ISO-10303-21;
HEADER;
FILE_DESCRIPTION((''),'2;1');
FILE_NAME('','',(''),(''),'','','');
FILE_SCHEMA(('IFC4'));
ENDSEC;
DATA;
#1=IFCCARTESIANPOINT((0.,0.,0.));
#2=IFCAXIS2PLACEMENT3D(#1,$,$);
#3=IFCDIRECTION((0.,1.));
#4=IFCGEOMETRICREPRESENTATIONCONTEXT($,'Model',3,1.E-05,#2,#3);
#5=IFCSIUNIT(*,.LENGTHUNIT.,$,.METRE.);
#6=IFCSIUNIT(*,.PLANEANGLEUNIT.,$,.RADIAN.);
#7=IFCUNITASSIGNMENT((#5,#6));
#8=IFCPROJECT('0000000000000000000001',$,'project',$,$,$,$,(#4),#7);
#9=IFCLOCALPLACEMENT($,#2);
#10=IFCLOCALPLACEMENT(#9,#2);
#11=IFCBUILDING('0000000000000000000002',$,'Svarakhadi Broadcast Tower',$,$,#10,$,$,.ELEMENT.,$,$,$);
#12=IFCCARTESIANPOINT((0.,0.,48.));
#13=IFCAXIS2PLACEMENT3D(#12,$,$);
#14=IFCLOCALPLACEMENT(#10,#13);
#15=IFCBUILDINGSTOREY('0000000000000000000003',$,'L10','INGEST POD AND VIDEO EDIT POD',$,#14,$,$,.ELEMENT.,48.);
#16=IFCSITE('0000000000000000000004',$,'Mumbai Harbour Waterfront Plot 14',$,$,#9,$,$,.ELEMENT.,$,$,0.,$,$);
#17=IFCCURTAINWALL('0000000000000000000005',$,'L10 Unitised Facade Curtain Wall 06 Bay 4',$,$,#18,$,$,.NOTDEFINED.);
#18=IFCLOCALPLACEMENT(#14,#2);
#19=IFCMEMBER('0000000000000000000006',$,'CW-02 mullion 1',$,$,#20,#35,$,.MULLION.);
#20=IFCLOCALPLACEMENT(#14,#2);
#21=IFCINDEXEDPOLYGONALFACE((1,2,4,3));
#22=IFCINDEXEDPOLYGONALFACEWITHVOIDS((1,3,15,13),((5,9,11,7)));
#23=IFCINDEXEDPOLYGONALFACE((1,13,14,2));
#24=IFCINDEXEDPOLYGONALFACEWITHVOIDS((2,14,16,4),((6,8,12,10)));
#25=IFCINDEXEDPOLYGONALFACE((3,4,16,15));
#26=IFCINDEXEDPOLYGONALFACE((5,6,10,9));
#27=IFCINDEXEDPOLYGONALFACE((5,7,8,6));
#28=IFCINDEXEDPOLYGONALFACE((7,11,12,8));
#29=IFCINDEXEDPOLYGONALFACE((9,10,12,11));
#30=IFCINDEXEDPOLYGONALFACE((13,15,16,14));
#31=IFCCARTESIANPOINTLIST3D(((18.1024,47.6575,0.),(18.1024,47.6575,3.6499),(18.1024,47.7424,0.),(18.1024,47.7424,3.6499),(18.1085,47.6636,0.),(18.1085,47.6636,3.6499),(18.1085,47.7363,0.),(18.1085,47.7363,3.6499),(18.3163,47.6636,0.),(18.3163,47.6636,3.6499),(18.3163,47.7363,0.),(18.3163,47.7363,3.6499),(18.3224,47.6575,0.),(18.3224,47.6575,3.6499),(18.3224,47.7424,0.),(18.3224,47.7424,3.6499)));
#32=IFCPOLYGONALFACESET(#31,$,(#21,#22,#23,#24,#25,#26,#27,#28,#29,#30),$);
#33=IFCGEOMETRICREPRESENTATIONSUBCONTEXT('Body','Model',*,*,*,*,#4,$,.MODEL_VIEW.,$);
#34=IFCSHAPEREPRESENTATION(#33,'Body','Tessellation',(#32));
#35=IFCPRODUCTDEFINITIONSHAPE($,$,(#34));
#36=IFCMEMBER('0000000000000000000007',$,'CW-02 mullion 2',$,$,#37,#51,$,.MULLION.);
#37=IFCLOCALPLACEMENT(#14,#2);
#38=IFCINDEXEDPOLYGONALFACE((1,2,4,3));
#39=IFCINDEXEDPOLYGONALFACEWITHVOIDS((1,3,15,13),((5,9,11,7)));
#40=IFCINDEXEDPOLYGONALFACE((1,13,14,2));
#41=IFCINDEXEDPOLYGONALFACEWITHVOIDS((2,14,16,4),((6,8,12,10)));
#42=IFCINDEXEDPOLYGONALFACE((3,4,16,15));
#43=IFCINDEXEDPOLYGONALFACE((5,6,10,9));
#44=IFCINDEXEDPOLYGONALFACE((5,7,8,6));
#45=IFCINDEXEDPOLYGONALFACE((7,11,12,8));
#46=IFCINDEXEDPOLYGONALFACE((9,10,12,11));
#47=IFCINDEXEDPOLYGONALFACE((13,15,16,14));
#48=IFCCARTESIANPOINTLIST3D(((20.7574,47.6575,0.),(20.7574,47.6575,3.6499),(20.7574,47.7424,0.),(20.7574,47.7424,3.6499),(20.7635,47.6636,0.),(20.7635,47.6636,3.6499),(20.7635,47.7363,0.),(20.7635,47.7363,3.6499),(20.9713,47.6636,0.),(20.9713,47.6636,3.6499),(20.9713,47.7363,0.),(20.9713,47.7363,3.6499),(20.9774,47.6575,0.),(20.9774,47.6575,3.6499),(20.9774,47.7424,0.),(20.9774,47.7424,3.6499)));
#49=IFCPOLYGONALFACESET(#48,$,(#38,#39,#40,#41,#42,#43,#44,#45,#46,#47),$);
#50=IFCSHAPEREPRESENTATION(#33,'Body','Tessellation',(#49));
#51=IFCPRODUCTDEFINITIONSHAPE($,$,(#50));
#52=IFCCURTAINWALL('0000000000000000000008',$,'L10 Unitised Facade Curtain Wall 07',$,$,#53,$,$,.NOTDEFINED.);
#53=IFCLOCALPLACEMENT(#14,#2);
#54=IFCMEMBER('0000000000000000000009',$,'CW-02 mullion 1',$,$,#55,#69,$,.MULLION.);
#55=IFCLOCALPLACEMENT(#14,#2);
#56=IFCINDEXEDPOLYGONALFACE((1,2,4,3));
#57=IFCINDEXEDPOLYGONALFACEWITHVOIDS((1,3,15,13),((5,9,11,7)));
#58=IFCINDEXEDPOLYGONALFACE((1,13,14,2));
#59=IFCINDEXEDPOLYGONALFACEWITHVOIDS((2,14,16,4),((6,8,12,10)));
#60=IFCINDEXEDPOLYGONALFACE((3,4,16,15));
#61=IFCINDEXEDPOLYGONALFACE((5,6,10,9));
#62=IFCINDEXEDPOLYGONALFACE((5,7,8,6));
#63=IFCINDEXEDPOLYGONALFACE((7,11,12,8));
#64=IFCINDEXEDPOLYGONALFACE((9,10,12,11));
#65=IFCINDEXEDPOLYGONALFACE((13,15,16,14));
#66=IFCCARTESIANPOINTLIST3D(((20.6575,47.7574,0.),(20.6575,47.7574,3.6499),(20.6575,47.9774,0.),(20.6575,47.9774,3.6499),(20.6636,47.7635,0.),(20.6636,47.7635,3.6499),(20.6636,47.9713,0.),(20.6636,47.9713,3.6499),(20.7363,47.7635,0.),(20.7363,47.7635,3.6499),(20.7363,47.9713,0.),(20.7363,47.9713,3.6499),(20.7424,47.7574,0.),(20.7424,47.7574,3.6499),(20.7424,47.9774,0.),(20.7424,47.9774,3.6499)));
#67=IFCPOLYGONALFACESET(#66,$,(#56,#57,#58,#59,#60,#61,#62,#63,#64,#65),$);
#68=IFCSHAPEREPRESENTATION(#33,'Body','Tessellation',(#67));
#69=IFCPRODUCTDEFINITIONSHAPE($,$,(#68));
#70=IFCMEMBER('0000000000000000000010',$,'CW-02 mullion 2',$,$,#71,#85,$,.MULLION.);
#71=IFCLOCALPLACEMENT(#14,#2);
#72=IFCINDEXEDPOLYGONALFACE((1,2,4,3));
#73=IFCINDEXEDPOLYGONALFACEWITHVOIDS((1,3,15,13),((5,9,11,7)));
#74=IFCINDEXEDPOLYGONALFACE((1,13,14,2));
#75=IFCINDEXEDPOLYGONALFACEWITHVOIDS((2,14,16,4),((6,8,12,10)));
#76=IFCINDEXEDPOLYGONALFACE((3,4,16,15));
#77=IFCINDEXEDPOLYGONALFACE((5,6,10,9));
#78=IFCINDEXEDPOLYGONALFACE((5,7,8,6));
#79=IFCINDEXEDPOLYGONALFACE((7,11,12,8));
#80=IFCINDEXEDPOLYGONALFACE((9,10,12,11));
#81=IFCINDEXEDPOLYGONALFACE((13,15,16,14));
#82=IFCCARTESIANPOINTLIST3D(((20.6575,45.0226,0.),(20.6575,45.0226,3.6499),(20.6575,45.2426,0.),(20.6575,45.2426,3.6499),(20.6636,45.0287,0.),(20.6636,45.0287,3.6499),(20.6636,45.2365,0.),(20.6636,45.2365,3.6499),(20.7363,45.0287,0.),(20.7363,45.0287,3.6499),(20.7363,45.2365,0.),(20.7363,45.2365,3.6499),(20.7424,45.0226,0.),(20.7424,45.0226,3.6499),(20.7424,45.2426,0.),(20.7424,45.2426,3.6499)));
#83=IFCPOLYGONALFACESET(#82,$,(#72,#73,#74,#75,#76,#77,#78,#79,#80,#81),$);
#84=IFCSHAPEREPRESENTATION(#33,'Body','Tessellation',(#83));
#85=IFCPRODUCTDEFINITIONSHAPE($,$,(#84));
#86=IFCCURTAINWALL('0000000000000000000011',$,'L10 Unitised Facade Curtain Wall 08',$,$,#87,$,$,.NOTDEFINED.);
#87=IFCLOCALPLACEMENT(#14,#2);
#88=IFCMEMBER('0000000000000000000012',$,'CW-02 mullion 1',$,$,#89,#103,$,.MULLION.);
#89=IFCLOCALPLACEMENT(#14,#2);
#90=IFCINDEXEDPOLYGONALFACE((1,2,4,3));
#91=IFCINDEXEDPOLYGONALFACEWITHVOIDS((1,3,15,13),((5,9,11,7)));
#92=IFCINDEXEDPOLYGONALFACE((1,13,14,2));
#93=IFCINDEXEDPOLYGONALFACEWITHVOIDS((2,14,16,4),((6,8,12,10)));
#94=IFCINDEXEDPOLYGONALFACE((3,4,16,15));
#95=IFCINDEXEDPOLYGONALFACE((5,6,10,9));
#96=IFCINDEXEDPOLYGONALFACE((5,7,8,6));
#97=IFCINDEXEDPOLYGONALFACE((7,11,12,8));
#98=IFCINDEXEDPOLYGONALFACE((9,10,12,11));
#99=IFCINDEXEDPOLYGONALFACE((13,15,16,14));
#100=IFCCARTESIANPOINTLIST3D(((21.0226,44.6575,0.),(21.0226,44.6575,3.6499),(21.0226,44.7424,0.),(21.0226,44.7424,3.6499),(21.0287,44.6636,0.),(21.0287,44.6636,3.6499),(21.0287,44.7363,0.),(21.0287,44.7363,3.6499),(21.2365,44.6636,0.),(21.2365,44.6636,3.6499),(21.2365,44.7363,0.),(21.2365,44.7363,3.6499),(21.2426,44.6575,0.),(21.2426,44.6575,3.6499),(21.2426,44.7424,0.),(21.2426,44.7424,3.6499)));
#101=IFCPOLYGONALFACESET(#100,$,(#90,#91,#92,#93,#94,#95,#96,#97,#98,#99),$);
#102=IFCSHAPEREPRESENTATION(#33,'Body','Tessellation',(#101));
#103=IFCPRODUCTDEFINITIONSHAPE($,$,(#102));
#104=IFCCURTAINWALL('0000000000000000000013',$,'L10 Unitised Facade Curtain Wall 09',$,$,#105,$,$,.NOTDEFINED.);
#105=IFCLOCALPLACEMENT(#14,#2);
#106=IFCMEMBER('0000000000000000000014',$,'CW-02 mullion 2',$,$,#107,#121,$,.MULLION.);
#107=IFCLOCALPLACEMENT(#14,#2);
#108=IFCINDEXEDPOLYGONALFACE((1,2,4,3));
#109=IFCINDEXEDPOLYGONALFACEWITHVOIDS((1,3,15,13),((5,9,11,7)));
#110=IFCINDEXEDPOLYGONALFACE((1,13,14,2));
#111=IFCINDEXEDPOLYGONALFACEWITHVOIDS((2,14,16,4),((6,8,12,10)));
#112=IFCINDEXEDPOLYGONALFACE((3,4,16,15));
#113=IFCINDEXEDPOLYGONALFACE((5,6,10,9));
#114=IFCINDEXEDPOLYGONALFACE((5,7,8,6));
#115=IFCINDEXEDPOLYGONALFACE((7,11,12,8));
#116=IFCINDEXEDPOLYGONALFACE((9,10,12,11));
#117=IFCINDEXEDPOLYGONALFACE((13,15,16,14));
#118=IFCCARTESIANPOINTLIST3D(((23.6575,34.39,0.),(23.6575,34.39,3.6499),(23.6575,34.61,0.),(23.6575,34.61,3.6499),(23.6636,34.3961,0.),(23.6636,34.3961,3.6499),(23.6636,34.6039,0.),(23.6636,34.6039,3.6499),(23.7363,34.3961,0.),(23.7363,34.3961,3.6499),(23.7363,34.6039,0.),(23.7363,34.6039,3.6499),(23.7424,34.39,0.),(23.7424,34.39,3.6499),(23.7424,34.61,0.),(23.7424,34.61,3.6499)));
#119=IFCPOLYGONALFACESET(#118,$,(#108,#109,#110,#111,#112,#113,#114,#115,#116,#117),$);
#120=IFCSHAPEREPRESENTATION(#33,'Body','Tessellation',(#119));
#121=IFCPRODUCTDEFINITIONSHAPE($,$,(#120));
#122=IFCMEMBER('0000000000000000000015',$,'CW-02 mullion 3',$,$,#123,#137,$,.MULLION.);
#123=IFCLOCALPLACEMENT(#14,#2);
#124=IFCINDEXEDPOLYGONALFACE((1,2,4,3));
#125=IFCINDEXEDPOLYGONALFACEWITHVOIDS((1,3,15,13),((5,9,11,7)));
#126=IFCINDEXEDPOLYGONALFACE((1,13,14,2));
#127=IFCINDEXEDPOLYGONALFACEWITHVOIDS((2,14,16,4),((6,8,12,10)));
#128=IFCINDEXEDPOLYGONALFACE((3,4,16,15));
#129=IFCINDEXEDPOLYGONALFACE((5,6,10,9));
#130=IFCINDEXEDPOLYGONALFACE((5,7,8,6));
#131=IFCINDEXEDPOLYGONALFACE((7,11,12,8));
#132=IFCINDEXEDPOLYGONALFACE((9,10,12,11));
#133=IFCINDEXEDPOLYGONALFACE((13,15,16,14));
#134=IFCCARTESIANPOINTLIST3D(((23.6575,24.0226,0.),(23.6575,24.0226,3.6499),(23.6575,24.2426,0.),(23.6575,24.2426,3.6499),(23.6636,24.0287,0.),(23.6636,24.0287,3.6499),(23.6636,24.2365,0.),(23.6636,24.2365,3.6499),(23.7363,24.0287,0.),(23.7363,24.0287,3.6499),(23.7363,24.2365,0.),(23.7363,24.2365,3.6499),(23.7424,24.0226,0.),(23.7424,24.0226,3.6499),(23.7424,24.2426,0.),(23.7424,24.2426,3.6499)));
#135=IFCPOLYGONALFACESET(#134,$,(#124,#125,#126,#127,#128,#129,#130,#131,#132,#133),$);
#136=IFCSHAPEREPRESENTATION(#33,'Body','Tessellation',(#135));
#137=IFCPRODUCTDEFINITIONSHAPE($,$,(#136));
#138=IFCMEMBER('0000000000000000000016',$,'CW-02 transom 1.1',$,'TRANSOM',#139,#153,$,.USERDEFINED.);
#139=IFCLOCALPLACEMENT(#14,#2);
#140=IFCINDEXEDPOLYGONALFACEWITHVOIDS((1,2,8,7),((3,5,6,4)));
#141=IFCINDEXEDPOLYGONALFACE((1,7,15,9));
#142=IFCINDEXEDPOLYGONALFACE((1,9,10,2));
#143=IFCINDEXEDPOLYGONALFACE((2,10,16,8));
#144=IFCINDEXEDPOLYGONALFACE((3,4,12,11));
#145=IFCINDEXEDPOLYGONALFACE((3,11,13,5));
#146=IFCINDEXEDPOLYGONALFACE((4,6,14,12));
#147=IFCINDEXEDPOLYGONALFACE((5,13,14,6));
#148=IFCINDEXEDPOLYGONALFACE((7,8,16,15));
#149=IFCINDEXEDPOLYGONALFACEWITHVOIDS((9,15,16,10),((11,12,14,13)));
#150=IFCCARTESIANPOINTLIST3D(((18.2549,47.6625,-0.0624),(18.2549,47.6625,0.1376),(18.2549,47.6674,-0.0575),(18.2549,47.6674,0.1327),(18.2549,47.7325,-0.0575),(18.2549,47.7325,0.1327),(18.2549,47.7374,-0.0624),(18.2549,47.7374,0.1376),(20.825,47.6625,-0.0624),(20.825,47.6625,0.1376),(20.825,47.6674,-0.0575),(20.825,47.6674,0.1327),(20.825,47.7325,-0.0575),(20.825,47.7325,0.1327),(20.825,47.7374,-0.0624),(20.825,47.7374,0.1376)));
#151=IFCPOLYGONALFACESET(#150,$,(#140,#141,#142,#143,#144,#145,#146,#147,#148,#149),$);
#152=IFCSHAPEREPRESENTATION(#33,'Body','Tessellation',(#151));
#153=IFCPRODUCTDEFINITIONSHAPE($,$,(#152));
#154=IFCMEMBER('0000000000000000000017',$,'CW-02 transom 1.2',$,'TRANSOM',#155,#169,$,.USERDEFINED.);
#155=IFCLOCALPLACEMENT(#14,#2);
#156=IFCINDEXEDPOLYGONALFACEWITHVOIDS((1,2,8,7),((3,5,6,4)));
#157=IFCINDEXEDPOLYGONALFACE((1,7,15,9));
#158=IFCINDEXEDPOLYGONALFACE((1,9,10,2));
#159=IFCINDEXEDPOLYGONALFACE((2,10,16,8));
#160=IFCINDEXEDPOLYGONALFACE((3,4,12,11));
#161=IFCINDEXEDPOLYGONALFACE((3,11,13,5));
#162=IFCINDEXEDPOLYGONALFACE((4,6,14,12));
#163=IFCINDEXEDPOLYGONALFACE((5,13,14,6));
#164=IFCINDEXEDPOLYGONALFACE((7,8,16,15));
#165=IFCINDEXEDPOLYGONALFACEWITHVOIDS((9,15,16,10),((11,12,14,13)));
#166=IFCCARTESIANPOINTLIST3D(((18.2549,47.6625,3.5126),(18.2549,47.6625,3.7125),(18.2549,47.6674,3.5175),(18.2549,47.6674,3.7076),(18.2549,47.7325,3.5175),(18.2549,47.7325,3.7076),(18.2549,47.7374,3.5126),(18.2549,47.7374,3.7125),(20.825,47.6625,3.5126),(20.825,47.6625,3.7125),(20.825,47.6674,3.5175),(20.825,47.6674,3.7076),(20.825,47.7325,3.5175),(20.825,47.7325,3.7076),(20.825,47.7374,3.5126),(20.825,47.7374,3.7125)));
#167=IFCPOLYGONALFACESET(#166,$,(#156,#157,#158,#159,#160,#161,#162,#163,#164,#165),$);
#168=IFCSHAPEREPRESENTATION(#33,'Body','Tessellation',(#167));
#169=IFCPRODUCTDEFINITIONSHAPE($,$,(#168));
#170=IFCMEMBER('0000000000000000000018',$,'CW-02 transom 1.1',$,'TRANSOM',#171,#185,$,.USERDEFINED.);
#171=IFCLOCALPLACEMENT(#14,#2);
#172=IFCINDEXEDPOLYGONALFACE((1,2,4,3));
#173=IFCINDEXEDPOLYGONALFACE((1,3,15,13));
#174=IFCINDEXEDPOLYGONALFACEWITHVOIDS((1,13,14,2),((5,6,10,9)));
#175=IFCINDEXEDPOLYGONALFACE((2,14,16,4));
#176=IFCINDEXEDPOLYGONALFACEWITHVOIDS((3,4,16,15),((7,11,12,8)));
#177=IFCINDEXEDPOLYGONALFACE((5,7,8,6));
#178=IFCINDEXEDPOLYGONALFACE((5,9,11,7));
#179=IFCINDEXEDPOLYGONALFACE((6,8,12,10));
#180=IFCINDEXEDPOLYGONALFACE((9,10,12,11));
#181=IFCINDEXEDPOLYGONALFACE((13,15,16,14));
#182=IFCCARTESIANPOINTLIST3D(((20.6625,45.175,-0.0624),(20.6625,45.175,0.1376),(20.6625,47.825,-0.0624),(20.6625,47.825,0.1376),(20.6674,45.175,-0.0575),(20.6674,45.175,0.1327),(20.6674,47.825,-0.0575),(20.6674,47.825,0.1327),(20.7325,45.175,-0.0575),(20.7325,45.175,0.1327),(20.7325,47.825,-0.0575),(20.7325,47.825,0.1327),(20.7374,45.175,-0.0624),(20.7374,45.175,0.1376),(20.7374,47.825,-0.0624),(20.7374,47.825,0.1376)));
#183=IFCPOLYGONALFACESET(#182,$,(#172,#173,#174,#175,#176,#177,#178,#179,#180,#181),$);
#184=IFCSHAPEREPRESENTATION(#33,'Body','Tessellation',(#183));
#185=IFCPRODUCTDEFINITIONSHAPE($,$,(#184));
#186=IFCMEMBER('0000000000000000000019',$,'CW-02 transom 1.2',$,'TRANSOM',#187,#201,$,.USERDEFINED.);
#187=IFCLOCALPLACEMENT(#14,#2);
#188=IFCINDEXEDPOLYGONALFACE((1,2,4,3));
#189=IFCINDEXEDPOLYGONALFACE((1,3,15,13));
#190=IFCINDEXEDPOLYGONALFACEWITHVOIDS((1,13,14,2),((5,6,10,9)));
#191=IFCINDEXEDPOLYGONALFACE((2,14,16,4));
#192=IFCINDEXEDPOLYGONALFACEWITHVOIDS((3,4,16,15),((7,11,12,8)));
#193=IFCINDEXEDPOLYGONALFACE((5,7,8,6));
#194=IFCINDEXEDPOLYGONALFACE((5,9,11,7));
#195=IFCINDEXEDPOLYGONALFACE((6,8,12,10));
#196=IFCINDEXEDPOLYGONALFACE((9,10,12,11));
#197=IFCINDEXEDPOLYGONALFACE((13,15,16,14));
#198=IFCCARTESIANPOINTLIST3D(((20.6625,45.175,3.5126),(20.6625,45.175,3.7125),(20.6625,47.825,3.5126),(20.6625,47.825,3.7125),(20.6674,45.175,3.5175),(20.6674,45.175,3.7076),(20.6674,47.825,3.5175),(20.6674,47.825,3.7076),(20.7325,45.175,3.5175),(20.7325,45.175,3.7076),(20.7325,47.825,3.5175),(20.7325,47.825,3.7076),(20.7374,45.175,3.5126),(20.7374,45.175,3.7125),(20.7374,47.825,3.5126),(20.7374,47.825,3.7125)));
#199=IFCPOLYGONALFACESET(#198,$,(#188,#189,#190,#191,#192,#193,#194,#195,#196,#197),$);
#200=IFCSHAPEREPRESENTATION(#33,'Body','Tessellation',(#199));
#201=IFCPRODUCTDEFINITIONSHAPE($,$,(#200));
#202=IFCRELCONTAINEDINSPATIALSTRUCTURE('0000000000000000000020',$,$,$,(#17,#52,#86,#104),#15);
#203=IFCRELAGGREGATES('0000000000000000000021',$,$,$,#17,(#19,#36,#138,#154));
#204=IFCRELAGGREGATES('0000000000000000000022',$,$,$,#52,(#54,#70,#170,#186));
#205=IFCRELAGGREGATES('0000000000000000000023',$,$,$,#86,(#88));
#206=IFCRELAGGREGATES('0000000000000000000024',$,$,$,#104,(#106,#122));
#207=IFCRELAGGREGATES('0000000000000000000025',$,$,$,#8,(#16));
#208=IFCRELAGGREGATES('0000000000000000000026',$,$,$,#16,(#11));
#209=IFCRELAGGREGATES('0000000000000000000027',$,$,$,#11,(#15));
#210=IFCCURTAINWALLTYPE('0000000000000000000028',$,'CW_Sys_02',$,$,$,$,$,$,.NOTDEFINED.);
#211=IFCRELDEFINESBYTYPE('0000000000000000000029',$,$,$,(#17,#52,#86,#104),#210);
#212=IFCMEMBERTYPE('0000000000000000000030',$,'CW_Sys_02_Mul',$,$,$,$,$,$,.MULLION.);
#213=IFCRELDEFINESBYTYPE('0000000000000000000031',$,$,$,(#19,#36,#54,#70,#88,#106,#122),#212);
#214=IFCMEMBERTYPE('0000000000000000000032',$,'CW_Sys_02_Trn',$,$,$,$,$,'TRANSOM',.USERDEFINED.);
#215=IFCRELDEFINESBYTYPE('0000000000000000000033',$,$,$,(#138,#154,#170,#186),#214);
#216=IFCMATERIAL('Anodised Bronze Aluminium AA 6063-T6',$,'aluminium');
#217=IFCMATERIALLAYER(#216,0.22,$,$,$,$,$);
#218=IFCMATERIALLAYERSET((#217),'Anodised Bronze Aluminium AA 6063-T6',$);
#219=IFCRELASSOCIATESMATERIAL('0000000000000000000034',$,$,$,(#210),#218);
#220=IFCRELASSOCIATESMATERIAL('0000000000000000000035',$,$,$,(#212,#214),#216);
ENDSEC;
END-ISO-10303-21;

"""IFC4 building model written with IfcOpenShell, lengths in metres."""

from ifc_helpers import new_model, si_unit, direction, frame, origin, origin_2d, place, context, subcontext, project, spatial, hollow_rectangle, extrude, material, layer, layer_set, material_profile, profile_set, type_object, element, aggregate, save


model = new_model("IFC4")

# Units and contexts
model_context = context("Model", 3, precision=1e-05, world=origin(), true_north=direction((0.0, 1.0)))
body_context = subcontext(model_context, "Body", "Model", "MODEL_VIEW")
ifc_project = project(units=[si_unit("LENGTHUNIT", "METRE"), si_unit("PLANEANGLEUNIT", "RADIAN")], contexts=[model_context])

# Site, building, storey
site_placement = place(None, origin())
site = spatial("IfcSite", under=ifc_project, at=site_placement, Name="Mumbai Harbour Waterfront Plot 14", CompositionType="ELEMENT", RefElevation=0.0)
building_placement = place(site_placement, origin())
building = spatial("IfcBuilding", under=site, at=building_placement, Name="Svarakhadi Broadcast Tower", CompositionType="ELEMENT")
storey_placement = place(building_placement, frame((0.0, 0.0, 48.0)))
storey = spatial("IfcBuildingStorey", under=building, at=storey_placement, Name="L10", Description="INGEST POD AND VIDEO EDIT POD", CompositionType="ELEMENT", Elevation=48.0)

# Curtain walls, members
ifc_material_1 = material(Name="Anodised Bronze Aluminium AA 6063-T6", Category="aluminium")
ifc_layer_1 = layer(ifc_material_1, 0.22)
ifc_layer_set_1 = layer_set([ifc_layer_1], Name="Anodised Bronze Aluminium AA 6063-T6")
curtain_wall_type = type_object("IfcCurtainWallType", Name="CW_Sys_02", PredefinedType="NOTDEFINED", material=ifc_layer_set_1)
curtain_wall_1_placement = place(storey_placement, origin())
curtain_wall_1 = element("IfcCurtainWall", 1, at=curtain_wall_1_placement, inside=storey, type_object=curtain_wall_type, Name="L10 Unitised Facade Curtain Wall 06 Bay 4", PredefinedType="NOTDEFINED")
ifc_material_profile_1 = material_profile(ifc_material_1, hollow_rectangle(XDim=0.085, YDim=0.22, WallThickness=0.0061, at=origin_2d()), Name="ALU MULLION 220x85x6")
ifc_profile_set_1 = profile_set([ifc_material_profile_1], Name="Anodised Bronze Aluminium AA 6063-T6")
member_type_1 = type_object("IfcMemberType", Name="CW_Sys_02_Mul", PredefinedType="MULLION", material=ifc_profile_set_1)
member_1_placement = place(storey_placement, frame((18.2124, 47.7, 0.0), z_axis=(0.0, 0.0, 1.0), x_axis=(0.0, 1.0, 0.0)))
member_1 = element("IfcMember", 2, at=member_1_placement, type_object=member_type_1, Name="CW-02 mullion 1", PredefinedType="MULLION", context=body_context, shape_type="SweptSolid", body=[
    extrude(hollow_rectangle(XDim=0.085, YDim=0.22, WallThickness=0.0061, at=origin_2d()), origin(), (0.0, 0.0, 1.0), 3.6499),
])
member_2_placement = place(storey_placement, frame((20.8674, 47.7, 0.0), z_axis=(0.0, 0.0, 1.0), x_axis=(0.0, 1.0, 0.0)))
member_2 = element("IfcMember", 3, at=member_2_placement, type_object=member_type_1, Name="CW-02 mullion 2", PredefinedType="MULLION", context=body_context, shape_type="SweptSolid", body=[
    extrude(hollow_rectangle(XDim=0.085, YDim=0.22, WallThickness=0.0061, at=origin_2d()), origin(), (0.0, 0.0, 1.0), 3.6499),
])
curtain_wall_2_placement = place(storey_placement, origin())
curtain_wall_2 = element("IfcCurtainWall", 4, at=curtain_wall_2_placement, inside=storey, type_object=curtain_wall_type, Name="L10 Unitised Facade Curtain Wall 07", PredefinedType="NOTDEFINED")
member_3_placement = place(storey_placement, frame((20.7, 47.8674, 0.0), z_axis=(0.0, 0.0, 1.0), x_axis=(1.0, 0.0, 0.0)))
member_3 = element("IfcMember", 5, at=member_3_placement, type_object=member_type_1, Name="CW-02 mullion 1", PredefinedType="MULLION", context=body_context, shape_type="SweptSolid", body=[
    extrude(hollow_rectangle(XDim=0.085, YDim=0.22, WallThickness=0.0061, at=origin_2d()), origin(), (0.0, 0.0, 1.0), 3.6499),
])
member_4_placement = place(storey_placement, frame((20.7, 45.1326, 0.0), z_axis=(0.0, 0.0, 1.0), x_axis=(1.0, 0.0, 0.0)))
member_4 = element("IfcMember", 6, at=member_4_placement, type_object=member_type_1, Name="CW-02 mullion 2", PredefinedType="MULLION", context=body_context, shape_type="SweptSolid", body=[
    extrude(hollow_rectangle(XDim=0.085, YDim=0.22, WallThickness=0.0061, at=origin_2d()), origin(), (0.0, 0.0, 1.0), 3.6499),
])

# Curtain wall, member
curtain_wall_3_placement = place(storey_placement, origin())
curtain_wall_3 = element("IfcCurtainWall", 7, at=curtain_wall_3_placement, inside=storey, type_object=curtain_wall_type, Name="L10 Unitised Facade Curtain Wall 08", PredefinedType="NOTDEFINED")
member_5_placement = place(storey_placement, frame((21.1326, 44.7, 0.0), z_axis=(0.0, 0.0, 1.0), x_axis=(0.0, 1.0, 0.0)))
member_5 = element("IfcMember", 8, at=member_5_placement, type_object=member_type_1, Name="CW-02 mullion 1", PredefinedType="MULLION", context=body_context, shape_type="SweptSolid", body=[
    extrude(hollow_rectangle(XDim=0.085, YDim=0.22, WallThickness=0.0061, at=origin_2d()), origin(), (0.0, 0.0, 1.0), 3.6499),
])

# Curtain wall, members
curtain_wall_4_placement = place(storey_placement, origin())
curtain_wall_4 = element("IfcCurtainWall", 9, at=curtain_wall_4_placement, inside=storey, type_object=curtain_wall_type, Name="L10 Unitised Facade Curtain Wall 09", PredefinedType="NOTDEFINED")
member_6_placement = place(storey_placement, frame((23.7, 34.5, 0.0), z_axis=(0.0, 0.0, 1.0), x_axis=(1.0, 0.0, 0.0)))
member_6 = element("IfcMember", 10, at=member_6_placement, type_object=member_type_1, Name="CW-02 mullion 2", PredefinedType="MULLION", context=body_context, shape_type="SweptSolid", body=[
    extrude(hollow_rectangle(XDim=0.085, YDim=0.22, WallThickness=0.0061, at=origin_2d()), origin(), (0.0, 0.0, 1.0), 3.6499),
])
member_7_placement = place(storey_placement, frame((23.7, 24.1326, 0.0), z_axis=(0.0, 0.0, 1.0), x_axis=(1.0, 0.0, 0.0)))
member_7 = element("IfcMember", 11, at=member_7_placement, type_object=member_type_1, Name="CW-02 mullion 3", PredefinedType="MULLION", context=body_context, shape_type="SweptSolid", body=[
    extrude(hollow_rectangle(XDim=0.085, YDim=0.22, WallThickness=0.0061, at=origin_2d()), origin(), (0.0, 0.0, 1.0), 3.6499),
])

# Members
ifc_material_profile_2 = material_profile(ifc_material_1, hollow_rectangle(XDim=0.075, YDim=0.2, WallThickness=0.0049, at=origin_2d()), Name="ALU TRANSOM 200x75x5")
ifc_profile_set_2 = profile_set([ifc_material_profile_2], Name="Anodised Bronze Aluminium AA 6063-T6")
member_type_2 = type_object("IfcMemberType", Name="CW_Sys_02_Trn", ElementType="TRANSOM", PredefinedType="USERDEFINED", material=ifc_profile_set_2)
member_8_placement = place(storey_placement, frame((18.2549, 47.7, 0.0376), z_axis=(1.0, 0.0, 0.0), x_axis=(0.0, 1.0, 0.0)))
member_8 = element("IfcMember", 12, at=member_8_placement, type_object=member_type_2, Name="CW-02 transom 1.1", ObjectType="TRANSOM", PredefinedType="USERDEFINED", context=body_context, shape_type="SweptSolid", body=[
    extrude(hollow_rectangle(XDim=0.075, YDim=0.2, WallThickness=0.0049, at=origin_2d()), origin(), (0.0, 0.0, 1.0), 2.5701),
])
member_9_placement = place(storey_placement, frame((18.2549, 47.7, 3.6125), z_axis=(1.0, 0.0, 0.0), x_axis=(0.0, 1.0, 0.0)))
member_9 = element("IfcMember", 13, at=member_9_placement, type_object=member_type_2, Name="CW-02 transom 1.2", ObjectType="TRANSOM", PredefinedType="USERDEFINED", context=body_context, shape_type="SweptSolid", body=[
    extrude(hollow_rectangle(XDim=0.075, YDim=0.2, WallThickness=0.0049, at=origin_2d()), origin(), (0.0, 0.0, 1.0), 2.5701),
])
member_10_placement = place(storey_placement, frame((20.7, 47.825, 0.0376), z_axis=(0.0, -1.0, 0.0), x_axis=(1.0, 0.0, 0.0)))
member_10 = element("IfcMember", 14, at=member_10_placement, type_object=member_type_2, Name="CW-02 transom 1.1", ObjectType="TRANSOM", PredefinedType="USERDEFINED", context=body_context, shape_type="SweptSolid", body=[
    extrude(hollow_rectangle(XDim=0.075, YDim=0.2, WallThickness=0.0049, at=origin_2d()), origin(), (0.0, 0.0, 1.0), 2.6499),
])
member_11_placement = place(storey_placement, frame((20.7, 47.825, 3.6125), z_axis=(0.0, -1.0, 0.0), x_axis=(1.0, 0.0, 0.0)))
member_11 = element("IfcMember", 15, at=member_11_placement, type_object=member_type_2, Name="CW-02 transom 1.2", ObjectType="TRANSOM", PredefinedType="USERDEFINED", context=body_context, shape_type="SweptSolid", body=[
    extrude(hollow_rectangle(XDim=0.075, YDim=0.2, WallThickness=0.0049, at=origin_2d()), origin(), (0.0, 0.0, 1.0), 2.6499),
])

aggregate(curtain_wall_1, [member_1, member_2, member_8, member_9])
aggregate(curtain_wall_2, [member_3, member_4, member_10, member_11])
aggregate(curtain_wall_3, [member_5])
aggregate(curtain_wall_4, [member_6, member_7])

save(model, "model.ifc")
